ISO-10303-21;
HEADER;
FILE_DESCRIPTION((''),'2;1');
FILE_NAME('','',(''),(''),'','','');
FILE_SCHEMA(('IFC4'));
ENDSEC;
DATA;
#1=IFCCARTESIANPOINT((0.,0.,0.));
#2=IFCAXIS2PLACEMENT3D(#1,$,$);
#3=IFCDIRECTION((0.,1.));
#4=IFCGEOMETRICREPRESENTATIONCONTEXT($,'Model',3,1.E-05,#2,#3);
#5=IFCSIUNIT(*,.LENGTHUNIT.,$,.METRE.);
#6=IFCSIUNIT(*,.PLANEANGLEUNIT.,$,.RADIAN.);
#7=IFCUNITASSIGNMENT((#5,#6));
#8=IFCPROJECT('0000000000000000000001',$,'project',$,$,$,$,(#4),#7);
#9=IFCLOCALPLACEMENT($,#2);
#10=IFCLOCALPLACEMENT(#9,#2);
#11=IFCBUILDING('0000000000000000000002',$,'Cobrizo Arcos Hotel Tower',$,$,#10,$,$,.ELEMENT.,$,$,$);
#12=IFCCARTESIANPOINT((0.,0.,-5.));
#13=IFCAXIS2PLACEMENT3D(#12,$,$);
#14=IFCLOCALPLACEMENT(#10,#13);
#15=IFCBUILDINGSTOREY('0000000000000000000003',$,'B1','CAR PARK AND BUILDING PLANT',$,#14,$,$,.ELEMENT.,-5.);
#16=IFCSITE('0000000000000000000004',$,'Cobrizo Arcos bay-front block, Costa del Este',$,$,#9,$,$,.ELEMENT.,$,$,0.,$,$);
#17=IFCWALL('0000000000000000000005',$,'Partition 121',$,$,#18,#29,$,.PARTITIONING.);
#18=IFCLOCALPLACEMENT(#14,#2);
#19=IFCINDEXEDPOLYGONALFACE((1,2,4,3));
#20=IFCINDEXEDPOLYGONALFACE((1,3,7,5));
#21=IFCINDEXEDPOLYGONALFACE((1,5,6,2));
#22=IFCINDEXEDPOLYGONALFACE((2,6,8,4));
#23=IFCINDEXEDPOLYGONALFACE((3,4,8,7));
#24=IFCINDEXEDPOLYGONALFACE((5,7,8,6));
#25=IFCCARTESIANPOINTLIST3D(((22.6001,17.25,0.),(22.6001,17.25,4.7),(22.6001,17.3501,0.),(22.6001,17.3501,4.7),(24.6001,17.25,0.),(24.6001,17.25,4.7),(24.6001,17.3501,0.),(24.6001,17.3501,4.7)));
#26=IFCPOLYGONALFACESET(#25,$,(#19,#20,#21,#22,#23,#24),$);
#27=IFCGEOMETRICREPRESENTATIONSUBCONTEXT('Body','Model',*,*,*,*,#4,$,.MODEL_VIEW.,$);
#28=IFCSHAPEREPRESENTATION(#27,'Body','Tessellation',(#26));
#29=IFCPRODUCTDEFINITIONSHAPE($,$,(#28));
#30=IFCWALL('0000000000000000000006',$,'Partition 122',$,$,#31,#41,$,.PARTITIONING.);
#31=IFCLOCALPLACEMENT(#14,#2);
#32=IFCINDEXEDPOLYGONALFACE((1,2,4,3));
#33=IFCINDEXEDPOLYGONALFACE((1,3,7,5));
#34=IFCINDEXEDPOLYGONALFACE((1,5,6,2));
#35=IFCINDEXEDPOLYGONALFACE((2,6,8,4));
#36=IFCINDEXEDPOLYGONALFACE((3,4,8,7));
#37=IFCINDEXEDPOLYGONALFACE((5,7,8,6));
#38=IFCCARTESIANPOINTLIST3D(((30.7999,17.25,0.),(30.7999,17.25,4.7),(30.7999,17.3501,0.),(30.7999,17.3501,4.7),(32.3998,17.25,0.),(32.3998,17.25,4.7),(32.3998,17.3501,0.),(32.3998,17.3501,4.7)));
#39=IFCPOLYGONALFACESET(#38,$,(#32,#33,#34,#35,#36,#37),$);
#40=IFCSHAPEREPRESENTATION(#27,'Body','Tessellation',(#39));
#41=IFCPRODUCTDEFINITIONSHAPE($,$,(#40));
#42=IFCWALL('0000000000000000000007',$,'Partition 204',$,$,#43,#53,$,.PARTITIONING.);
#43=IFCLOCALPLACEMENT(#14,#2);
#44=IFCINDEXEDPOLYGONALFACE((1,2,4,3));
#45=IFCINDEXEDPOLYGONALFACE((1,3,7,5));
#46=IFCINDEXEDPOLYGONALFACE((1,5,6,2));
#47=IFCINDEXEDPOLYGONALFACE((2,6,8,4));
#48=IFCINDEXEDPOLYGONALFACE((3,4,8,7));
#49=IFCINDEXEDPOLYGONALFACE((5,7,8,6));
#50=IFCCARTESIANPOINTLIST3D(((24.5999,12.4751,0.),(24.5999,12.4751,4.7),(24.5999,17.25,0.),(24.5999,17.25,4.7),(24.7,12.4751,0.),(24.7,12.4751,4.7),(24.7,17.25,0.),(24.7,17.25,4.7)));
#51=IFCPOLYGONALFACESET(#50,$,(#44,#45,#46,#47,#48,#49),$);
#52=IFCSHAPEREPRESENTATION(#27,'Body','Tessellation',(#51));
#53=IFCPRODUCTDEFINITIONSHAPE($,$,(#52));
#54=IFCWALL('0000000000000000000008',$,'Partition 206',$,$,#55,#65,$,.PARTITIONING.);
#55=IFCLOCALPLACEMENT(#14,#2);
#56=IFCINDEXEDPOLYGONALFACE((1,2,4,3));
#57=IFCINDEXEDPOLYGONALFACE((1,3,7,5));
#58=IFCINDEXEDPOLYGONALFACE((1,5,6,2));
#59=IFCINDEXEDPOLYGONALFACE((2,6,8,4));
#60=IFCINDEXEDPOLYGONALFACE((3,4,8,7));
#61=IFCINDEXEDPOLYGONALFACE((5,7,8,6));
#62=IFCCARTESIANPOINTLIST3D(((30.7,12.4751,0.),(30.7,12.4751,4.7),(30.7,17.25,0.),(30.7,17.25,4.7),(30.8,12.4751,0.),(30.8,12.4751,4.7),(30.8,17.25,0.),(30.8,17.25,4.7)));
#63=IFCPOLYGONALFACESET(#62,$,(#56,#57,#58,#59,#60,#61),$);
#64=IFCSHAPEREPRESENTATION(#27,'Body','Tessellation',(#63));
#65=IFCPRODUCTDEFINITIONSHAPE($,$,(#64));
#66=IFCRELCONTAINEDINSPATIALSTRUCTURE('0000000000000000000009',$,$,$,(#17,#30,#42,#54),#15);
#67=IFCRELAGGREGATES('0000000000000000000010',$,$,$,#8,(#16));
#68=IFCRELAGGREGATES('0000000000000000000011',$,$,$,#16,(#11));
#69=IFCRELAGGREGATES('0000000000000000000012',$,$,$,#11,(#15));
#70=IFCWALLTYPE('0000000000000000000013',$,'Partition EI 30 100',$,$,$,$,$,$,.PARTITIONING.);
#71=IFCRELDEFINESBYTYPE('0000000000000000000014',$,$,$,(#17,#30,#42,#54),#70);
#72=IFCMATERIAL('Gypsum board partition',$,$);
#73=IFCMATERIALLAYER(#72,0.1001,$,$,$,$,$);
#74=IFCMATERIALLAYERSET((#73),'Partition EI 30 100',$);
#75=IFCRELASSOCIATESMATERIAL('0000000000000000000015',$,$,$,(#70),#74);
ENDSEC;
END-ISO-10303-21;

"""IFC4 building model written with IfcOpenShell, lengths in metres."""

from ifc_helpers import new_model, si_unit, direction, frame, frame_2d, origin, place, context, subcontext, project, spatial, rectangle, extrude, material, layer, layer_set, type_object, element, save


model = new_model("IFC4")

# Units and contexts
model_context = context("Model", 3, precision=1e-05, world=origin(), true_north=direction((0.0, 1.0)))
body_context = subcontext(model_context, "Body", "Model", "MODEL_VIEW")
ifc_project = project(units=[si_unit("LENGTHUNIT", "METRE"), si_unit("PLANEANGLEUNIT", "RADIAN")], contexts=[model_context])

# Site, building, storey
site_placement = place(None, origin())
site = spatial("IfcSite", under=ifc_project, at=site_placement, Name="Cobrizo Arcos bay-front block, Costa del Este", CompositionType="ELEMENT", RefElevation=0.0)
building_placement = place(site_placement, origin())
building = spatial("IfcBuilding", under=site, at=building_placement, Name="Cobrizo Arcos Hotel Tower", CompositionType="ELEMENT")
storey_placement = place(building_placement, frame((0.0, 0.0, -5.0)))
storey = spatial("IfcBuildingStorey", under=building, at=storey_placement, Name="B1", Description="CAR PARK AND BUILDING PLANT", CompositionType="ELEMENT", Elevation=-5.0)

# Walls
ifc_material_1 = material(Name="Gypsum board partition")
ifc_layer = layer(ifc_material_1, 0.1001)
ifc_layer_set = layer_set([ifc_layer], Name="Partition EI 30 100")
wall_type = type_object("IfcWallType", Name="Partition EI 30 100", PredefinedType="PARTITIONING", material=ifc_layer_set)
wall_1_placement = place(storey_placement, frame((22.6001, 17.3, 0.0), z_axis=(0.0, 0.0, 1.0), x_axis=(1.0, 0.0, 0.0)))
element("IfcWall", 1, at=wall_1_placement, inside=storey, type_object=wall_type, Name="Partition 121", PredefinedType="PARTITIONING", context=body_context, shape_type="SweptSolid", body=[
    extrude(rectangle(XDim=2.0, YDim=0.1001, at=frame_2d((1.0, 0.0))), origin(), (0.0, 0.0, 1.0), 4.7),
])
wall_2_placement = place(storey_placement, frame((30.8, 17.3, 0.0), z_axis=(0.0, 0.0, 1.0), x_axis=(1.0, 0.0, 0.0)))
element("IfcWall", 2, at=wall_2_placement, inside=storey, type_object=wall_type, Name="Partition 122", PredefinedType="PARTITIONING", context=body_context, shape_type="SweptSolid", body=[
    extrude(rectangle(XDim=1.5999, YDim=0.1001, at=frame_2d((0.7998, 0.0))), origin(), (0.0, 0.0, 1.0), 4.7),
])
for number, where, z_axis, x_axis, name in (
    (3, (24.6499, 12.4751, 0.0), (0.0, 0.0, 1.0), (0.0, 1.0, 0.0), "Partition 204"),
    (4, (30.75, 12.4751, 0.0), (0.0, 0.0, 1.0), (0.0, 1.0, 0.0), "Partition 206"),
):
    element("IfcWall", number, at=place(storey_placement, frame(where, z_axis=z_axis, x_axis=x_axis)), inside=storey, type_object=wall_type, Name=name, PredefinedType="PARTITIONING", context=body_context, shape_type="SweptSolid", body=[
        extrude(rectangle(XDim=4.7749, YDim=0.1001, at=frame_2d((2.3875, 0.0))), origin(), (0.0, 0.0, 1.0), 4.7),
    ])

save(model, "model.ifc")
